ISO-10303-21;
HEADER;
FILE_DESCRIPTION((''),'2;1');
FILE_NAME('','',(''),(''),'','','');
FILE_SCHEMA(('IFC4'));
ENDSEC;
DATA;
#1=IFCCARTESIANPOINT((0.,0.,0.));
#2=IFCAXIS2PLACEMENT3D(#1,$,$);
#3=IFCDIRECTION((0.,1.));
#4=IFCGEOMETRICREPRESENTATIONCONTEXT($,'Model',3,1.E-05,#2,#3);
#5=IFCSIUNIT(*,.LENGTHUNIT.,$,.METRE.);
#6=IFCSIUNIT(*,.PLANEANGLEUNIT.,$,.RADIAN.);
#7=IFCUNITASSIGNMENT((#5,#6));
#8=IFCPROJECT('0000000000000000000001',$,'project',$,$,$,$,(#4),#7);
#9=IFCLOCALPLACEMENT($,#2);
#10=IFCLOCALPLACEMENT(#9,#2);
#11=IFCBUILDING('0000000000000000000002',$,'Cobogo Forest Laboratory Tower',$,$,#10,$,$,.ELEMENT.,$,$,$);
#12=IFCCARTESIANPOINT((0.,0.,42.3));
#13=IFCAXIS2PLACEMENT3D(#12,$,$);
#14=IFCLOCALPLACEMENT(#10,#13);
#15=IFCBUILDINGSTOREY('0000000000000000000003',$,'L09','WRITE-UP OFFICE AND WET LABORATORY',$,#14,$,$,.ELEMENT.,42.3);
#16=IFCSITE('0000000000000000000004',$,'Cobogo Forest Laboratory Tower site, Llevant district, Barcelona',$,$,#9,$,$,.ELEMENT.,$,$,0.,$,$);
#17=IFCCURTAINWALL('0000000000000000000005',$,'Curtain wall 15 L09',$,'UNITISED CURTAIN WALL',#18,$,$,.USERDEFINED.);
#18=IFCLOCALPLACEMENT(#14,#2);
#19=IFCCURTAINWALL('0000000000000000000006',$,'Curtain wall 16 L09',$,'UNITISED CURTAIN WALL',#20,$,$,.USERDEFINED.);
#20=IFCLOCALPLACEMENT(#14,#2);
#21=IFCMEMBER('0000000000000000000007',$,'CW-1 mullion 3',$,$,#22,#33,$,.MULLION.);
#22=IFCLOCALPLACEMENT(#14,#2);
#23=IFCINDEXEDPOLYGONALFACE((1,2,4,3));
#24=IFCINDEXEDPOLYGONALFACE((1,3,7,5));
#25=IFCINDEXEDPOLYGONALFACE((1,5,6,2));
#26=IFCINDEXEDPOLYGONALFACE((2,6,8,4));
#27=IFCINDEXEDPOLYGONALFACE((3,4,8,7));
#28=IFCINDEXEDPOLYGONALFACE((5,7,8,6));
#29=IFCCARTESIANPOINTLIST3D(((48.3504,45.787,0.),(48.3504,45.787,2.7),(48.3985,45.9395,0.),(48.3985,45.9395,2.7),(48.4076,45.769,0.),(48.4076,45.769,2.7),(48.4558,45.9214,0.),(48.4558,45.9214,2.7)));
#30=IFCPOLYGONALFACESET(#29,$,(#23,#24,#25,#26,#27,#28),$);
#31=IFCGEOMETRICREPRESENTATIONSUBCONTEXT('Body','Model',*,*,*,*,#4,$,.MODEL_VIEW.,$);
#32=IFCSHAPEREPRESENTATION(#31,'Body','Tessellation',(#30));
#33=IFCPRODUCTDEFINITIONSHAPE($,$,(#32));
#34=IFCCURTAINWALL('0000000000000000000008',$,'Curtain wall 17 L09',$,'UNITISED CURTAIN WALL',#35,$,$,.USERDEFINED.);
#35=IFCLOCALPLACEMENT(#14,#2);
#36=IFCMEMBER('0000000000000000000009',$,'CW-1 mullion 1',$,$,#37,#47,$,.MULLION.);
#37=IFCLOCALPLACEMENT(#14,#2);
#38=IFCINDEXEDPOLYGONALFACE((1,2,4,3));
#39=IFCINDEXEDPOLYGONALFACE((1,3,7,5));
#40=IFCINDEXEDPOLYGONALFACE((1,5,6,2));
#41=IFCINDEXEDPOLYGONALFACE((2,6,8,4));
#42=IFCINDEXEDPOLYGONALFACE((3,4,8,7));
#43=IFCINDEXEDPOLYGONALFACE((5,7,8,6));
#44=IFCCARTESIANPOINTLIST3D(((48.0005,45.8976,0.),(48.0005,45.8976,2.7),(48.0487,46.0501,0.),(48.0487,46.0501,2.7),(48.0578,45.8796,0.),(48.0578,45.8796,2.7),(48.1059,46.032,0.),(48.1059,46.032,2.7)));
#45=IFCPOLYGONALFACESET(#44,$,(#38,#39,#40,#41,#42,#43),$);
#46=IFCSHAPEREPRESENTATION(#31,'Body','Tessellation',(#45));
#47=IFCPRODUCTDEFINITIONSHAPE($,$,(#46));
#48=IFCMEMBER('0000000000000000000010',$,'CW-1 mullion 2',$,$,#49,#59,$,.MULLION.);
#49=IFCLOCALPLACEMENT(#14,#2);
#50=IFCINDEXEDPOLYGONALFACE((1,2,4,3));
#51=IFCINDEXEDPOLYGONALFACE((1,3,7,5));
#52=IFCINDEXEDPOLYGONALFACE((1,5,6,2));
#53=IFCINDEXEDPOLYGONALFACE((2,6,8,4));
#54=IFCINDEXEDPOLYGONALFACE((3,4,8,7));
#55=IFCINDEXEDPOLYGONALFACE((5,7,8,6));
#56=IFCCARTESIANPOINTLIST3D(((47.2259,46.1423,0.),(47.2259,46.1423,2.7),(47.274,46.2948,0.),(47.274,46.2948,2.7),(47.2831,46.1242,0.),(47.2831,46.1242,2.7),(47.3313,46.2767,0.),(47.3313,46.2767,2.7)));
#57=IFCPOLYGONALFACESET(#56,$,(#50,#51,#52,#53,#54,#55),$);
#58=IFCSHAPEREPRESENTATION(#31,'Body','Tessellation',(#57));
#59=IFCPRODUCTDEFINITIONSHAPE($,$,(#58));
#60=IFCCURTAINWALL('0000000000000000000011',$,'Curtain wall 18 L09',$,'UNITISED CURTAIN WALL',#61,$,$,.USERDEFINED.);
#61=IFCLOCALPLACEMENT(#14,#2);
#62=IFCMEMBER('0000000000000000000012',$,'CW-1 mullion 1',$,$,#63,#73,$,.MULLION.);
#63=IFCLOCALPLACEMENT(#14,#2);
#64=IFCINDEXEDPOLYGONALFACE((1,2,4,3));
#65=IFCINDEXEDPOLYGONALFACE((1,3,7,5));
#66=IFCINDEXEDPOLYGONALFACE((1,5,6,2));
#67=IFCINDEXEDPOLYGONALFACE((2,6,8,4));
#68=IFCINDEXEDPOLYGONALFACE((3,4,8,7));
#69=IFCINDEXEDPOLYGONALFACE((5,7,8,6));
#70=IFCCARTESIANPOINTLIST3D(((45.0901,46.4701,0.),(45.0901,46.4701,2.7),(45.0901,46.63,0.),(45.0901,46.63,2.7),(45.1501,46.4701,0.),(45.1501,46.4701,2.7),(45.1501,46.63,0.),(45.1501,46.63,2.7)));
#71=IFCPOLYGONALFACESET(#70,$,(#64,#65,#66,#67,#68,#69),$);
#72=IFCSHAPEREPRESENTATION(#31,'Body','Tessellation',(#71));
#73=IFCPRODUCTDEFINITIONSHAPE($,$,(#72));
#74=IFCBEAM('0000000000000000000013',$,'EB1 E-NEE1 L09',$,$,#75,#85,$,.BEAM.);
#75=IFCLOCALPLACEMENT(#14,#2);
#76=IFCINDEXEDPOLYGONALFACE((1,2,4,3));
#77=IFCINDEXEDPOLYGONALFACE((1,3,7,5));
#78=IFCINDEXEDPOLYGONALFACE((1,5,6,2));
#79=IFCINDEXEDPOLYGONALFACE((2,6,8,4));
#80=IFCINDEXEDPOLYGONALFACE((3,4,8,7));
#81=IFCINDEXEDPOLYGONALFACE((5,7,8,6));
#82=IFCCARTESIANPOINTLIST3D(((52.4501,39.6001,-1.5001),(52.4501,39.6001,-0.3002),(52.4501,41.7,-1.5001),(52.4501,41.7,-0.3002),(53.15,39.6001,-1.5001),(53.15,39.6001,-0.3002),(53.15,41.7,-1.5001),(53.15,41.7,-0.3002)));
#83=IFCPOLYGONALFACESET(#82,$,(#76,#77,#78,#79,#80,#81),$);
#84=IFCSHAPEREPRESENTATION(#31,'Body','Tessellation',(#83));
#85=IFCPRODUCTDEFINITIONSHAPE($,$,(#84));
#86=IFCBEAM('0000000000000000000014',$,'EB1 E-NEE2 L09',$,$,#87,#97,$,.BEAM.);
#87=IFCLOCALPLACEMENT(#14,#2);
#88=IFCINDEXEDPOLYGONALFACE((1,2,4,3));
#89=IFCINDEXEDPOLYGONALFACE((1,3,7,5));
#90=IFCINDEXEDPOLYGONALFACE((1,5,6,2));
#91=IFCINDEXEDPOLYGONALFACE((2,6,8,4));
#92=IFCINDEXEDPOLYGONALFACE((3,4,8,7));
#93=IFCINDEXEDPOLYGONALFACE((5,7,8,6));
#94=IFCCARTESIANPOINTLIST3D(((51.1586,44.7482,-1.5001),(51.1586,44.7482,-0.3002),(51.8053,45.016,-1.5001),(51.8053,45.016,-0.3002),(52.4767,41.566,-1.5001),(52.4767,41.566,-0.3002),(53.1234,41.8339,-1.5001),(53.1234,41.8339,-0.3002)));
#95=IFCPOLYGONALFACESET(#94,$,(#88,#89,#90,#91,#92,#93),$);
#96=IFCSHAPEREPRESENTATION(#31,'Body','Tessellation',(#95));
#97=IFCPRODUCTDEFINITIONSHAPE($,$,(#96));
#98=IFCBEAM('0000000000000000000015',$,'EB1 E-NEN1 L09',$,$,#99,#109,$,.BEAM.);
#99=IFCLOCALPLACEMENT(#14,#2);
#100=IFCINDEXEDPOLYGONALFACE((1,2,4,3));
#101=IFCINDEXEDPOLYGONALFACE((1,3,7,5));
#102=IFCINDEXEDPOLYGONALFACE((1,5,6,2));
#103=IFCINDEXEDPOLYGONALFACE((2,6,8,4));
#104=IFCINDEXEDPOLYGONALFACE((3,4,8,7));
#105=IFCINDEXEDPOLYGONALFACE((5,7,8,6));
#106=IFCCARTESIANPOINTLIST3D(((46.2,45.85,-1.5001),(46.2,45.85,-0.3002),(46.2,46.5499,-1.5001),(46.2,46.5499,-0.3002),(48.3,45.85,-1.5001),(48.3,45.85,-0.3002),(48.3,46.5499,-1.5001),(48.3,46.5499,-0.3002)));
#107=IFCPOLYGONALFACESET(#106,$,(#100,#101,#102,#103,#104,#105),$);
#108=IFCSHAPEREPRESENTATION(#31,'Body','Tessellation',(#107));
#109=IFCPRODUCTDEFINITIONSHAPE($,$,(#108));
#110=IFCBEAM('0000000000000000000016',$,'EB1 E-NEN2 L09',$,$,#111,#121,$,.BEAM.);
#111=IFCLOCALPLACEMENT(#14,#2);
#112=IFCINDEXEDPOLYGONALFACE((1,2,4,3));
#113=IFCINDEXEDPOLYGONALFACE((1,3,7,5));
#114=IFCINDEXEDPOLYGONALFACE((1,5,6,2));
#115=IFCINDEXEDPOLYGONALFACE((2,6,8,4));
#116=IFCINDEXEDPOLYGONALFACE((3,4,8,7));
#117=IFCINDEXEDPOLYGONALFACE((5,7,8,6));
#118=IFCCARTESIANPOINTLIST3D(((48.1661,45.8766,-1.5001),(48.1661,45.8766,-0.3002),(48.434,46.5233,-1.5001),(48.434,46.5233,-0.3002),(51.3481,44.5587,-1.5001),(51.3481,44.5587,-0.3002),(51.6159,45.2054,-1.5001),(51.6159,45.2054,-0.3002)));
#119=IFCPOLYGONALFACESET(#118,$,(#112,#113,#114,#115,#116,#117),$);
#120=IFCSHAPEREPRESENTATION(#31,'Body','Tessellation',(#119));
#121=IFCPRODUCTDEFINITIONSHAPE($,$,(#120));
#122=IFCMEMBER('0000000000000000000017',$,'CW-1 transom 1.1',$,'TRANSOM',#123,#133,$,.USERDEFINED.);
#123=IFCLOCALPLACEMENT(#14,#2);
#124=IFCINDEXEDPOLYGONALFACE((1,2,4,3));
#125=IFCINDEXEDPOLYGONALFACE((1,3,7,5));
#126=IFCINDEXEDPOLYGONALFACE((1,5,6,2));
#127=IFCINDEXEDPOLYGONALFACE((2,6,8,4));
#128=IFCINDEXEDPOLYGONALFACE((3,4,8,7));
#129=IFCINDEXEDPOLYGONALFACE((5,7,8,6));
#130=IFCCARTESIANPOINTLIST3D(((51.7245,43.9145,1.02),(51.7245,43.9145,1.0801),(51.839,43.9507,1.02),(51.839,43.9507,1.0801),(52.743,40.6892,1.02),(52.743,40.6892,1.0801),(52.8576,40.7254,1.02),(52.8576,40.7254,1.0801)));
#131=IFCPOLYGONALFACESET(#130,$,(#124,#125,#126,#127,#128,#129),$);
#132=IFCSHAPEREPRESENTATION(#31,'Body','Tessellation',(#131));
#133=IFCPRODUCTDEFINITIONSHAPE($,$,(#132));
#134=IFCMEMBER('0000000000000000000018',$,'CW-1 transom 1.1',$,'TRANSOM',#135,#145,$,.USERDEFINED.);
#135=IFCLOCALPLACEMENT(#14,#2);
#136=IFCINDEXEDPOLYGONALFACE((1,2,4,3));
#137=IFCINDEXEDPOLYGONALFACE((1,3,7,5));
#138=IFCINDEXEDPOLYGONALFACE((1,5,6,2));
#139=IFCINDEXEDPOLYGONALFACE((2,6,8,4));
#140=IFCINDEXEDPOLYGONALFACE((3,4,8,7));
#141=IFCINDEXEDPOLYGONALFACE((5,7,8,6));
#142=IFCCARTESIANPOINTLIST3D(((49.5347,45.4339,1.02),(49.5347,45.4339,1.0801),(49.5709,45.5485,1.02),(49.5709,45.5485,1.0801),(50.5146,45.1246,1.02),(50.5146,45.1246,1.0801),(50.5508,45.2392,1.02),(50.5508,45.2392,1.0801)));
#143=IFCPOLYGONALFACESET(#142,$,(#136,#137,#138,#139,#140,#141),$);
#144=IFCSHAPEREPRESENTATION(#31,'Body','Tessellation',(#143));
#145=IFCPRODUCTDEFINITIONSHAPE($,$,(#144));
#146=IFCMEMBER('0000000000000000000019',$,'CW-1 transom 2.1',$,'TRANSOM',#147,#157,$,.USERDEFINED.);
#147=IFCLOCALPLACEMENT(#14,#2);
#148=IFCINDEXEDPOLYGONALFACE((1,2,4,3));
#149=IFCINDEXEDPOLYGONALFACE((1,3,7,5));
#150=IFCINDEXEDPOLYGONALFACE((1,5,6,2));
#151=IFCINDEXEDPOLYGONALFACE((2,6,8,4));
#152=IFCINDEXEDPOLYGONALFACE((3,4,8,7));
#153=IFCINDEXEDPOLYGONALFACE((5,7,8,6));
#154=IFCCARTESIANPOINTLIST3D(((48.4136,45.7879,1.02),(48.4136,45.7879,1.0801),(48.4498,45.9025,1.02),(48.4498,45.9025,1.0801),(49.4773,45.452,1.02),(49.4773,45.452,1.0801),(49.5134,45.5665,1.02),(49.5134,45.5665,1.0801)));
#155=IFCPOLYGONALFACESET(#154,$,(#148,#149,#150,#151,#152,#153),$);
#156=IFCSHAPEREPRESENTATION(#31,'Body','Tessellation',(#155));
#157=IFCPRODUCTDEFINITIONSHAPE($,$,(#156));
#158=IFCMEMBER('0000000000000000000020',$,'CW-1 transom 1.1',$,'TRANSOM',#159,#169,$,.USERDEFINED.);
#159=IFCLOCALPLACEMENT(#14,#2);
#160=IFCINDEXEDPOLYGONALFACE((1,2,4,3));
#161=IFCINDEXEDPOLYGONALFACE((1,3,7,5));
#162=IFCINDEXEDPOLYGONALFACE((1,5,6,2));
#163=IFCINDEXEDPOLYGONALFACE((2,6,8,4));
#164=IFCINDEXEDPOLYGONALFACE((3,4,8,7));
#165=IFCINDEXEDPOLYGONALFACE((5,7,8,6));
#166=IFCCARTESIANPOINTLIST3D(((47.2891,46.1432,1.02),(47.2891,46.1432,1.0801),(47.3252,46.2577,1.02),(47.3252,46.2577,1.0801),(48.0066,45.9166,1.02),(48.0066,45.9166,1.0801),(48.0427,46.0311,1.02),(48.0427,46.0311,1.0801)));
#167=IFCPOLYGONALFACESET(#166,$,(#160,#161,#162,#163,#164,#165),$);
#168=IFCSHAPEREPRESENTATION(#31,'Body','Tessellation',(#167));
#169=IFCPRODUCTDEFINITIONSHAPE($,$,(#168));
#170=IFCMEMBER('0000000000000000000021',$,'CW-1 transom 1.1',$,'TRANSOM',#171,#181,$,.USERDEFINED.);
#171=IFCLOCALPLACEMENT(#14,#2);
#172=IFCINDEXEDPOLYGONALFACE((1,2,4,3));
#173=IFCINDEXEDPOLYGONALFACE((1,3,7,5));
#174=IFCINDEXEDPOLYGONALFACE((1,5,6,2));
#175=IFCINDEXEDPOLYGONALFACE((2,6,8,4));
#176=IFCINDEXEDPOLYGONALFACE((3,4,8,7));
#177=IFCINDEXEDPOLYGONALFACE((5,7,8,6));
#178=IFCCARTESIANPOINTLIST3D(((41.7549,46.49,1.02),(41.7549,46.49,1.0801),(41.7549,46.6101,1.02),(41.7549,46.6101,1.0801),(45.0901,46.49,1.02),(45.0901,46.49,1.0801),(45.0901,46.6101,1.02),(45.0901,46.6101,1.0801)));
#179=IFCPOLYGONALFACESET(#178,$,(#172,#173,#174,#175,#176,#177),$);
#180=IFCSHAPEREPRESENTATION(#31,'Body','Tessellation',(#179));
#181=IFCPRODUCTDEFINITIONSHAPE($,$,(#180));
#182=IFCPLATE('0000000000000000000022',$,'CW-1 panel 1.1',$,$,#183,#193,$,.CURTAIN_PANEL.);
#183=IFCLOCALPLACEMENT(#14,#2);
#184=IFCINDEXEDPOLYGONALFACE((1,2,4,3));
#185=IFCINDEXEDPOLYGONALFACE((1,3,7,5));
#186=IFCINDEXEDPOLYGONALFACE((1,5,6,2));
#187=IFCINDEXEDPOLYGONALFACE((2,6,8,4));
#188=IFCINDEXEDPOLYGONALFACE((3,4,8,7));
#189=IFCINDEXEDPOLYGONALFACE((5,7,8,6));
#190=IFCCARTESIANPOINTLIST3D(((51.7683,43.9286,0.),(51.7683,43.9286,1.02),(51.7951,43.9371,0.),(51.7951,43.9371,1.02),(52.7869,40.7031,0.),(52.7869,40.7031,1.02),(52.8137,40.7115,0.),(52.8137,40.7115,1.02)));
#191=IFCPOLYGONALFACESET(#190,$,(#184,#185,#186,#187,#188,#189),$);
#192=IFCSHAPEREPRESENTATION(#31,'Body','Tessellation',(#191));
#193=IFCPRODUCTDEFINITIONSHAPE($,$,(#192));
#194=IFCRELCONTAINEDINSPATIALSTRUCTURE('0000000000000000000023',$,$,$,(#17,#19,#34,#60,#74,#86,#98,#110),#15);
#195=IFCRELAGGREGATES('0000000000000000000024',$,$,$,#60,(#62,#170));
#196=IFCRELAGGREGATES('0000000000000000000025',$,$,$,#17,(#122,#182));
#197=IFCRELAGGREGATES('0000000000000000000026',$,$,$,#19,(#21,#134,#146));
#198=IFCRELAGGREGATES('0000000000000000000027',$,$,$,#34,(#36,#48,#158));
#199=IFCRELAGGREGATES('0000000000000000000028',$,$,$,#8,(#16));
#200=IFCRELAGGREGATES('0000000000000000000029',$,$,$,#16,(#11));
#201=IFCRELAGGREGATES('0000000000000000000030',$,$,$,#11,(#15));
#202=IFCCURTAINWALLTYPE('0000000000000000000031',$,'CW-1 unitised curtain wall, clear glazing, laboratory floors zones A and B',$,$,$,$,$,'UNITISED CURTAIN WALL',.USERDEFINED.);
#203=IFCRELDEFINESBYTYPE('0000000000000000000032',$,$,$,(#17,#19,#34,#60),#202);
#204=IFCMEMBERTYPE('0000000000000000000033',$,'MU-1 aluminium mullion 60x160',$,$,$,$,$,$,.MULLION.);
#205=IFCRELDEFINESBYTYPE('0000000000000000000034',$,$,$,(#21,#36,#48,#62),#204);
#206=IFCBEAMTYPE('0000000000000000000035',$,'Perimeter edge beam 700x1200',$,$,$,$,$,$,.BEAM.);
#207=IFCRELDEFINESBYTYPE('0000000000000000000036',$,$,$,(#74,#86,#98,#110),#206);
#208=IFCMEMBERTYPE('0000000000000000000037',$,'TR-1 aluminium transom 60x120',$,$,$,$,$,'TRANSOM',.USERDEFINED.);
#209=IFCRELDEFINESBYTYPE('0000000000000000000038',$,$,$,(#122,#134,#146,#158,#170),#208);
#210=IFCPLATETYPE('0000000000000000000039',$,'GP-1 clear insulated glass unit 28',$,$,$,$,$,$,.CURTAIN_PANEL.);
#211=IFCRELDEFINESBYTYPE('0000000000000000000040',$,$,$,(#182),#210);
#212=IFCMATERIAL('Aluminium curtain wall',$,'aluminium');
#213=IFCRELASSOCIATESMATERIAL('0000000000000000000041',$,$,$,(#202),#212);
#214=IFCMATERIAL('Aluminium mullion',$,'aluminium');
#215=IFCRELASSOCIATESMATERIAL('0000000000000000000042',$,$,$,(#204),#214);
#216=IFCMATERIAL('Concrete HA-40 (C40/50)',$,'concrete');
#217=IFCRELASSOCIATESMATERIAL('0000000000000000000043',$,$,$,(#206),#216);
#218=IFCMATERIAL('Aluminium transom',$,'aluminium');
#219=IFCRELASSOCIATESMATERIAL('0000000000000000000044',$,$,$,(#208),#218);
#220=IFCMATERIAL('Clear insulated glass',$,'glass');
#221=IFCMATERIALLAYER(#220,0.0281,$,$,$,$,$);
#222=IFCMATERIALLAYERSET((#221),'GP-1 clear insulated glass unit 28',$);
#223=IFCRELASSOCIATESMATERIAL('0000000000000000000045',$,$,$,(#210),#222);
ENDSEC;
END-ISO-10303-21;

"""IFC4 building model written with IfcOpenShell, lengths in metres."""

from ifc_helpers import new_model, si_unit, direction, frame, origin, origin_2d, place, context, subcontext, project, spatial, rectangle, extrude, material, layer, layer_set, material_profile, profile_set, type_object, element, aggregate, save


model = new_model("IFC4")

# Units and contexts
model_context = context("Model", 3, precision=1e-05, world=origin(), true_north=direction((0.0, 1.0)))
body_context = subcontext(model_context, "Body", "Model", "MODEL_VIEW")
ifc_project = project(units=[si_unit("LENGTHUNIT", "METRE"), si_unit("PLANEANGLEUNIT", "RADIAN")], contexts=[model_context])

# Site, building, storey
site_placement = place(None, origin())
site = spatial("IfcSite", under=ifc_project, at=site_placement, Name="Cobogo Forest Laboratory Tower site, Llevant district, Barcelona", CompositionType="ELEMENT", RefElevation=0.0)
building_placement = place(site_placement, origin())
building = spatial("IfcBuilding", under=site, at=building_placement, Name="Cobogo Forest Laboratory Tower", CompositionType="ELEMENT")
storey_placement = place(building_placement, frame((0.0, 0.0, 42.3)))
storey = spatial("IfcBuildingStorey", under=building, at=storey_placement, Name="L09", Description="WRITE-UP OFFICE AND WET LABORATORY", CompositionType="ELEMENT", Elevation=42.3)

# Shared definitions
ifc_material_1 = material(Name="Concrete HA-40 (C40/50)", Category="concrete")

# Curtain walls, members
ifc_material_2 = material(Name="Aluminium curtain wall", Category="aluminium")
curtain_wall_type = type_object("IfcCurtainWallType", Name="CW-1 unitised curtain wall, clear glazing, laboratory floors zones A and B", ElementType="UNITISED CURTAIN WALL", PredefinedType="USERDEFINED", material=ifc_material_2)
curtain_wall_1_placement = place(storey_placement, origin())
curtain_wall_1 = element("IfcCurtainWall", 1, at=curtain_wall_1_placement, inside=storey, type_object=curtain_wall_type, Name="Curtain wall 15 L09", ObjectType="UNITISED CURTAIN WALL", PredefinedType="USERDEFINED")
ifc_material_3 = material(Name="Aluminium mullion", Category="aluminium")
ifc_material_profile_1 = material_profile(ifc_material_3, rectangle(XDim=0.0601, YDim=0.1599, at=origin_2d()), Name="AL 60x160")
ifc_profile_set_1 = profile_set([ifc_material_profile_1], Name="Aluminium mullion")
member_type_1 = type_object("IfcMemberType", Name="MU-1 aluminium mullion 60x160", PredefinedType="MULLION", material=ifc_profile_set_1)
curtain_wall_2_placement = place(storey_placement, origin())
curtain_wall_2 = element("IfcCurtainWall", 2, at=curtain_wall_2_placement, inside=storey, type_object=curtain_wall_type, Name="Curtain wall 16 L09", ObjectType="UNITISED CURTAIN WALL", PredefinedType="USERDEFINED")
member_1_placement = place(storey_placement, frame((48.4031, 45.8542, 0.0), z_axis=(0.0, 0.0, 1.0), x_axis=(-0.953581, 0.301135, 0.0)))
member_1 = element("IfcMember", 3, at=member_1_placement, type_object=member_type_1, Name="CW-1 mullion 3", PredefinedType="MULLION", context=body_context, shape_type="SweptSolid", body=[
    extrude(rectangle(XDim=0.0601, YDim=0.1599, at=origin_2d()), origin(), (0.0, 0.0, 1.0), 2.7),
])
curtain_wall_3_placement = place(storey_placement, origin())
curtain_wall_3 = element("IfcCurtainWall", 4, at=curtain_wall_3_placement, inside=storey, type_object=curtain_wall_type, Name="Curtain wall 17 L09", ObjectType="UNITISED CURTAIN WALL", PredefinedType="USERDEFINED")
member_2_placement = place(storey_placement, frame((48.0532, 45.9648, 0.0), z_axis=(0.0, 0.0, 1.0), x_axis=(-0.953582, 0.301135, 0.0)))
member_2 = element("IfcMember", 5, at=member_2_placement, type_object=member_type_1, Name="CW-1 mullion 1", PredefinedType="MULLION", context=body_context, shape_type="SweptSolid", body=[
    extrude(rectangle(XDim=0.0601, YDim=0.1599, at=origin_2d()), origin(), (0.0, 0.0, 1.0), 2.7),
])
member_3_placement = place(storey_placement, frame((47.2786, 46.2095, 0.0), z_axis=(0.0, 0.0, 1.0), x_axis=(-0.953582, 0.301135, 0.0)))
member_3 = element("IfcMember", 6, at=member_3_placement, type_object=member_type_1, Name="CW-1 mullion 2", PredefinedType="MULLION", context=body_context, shape_type="SweptSolid", body=[
    extrude(rectangle(XDim=0.0601, YDim=0.1599, at=origin_2d()), origin(), (0.0, 0.0, 1.0), 2.7),
])

# Curtain wall, member
curtain_wall_4_placement = place(storey_placement, origin())
curtain_wall_4 = element("IfcCurtainWall", 7, at=curtain_wall_4_placement, inside=storey, type_object=curtain_wall_type, Name="Curtain wall 18 L09", ObjectType="UNITISED CURTAIN WALL", PredefinedType="USERDEFINED")
member_4_placement = place(storey_placement, frame((45.1201, 46.55, 0.0), z_axis=(0.0, 0.0, 1.0), x_axis=(-1.0, 0.0, 0.0)))
member_4 = element("IfcMember", 8, at=member_4_placement, type_object=member_type_1, Name="CW-1 mullion 1", PredefinedType="MULLION", context=body_context, shape_type="SweptSolid", body=[
    extrude(rectangle(XDim=0.0601, YDim=0.1599, at=origin_2d()), origin(), (0.0, 0.0, 1.0), 2.7),
])

# Beams
ifc_material_profile_2 = material_profile(ifc_material_1, rectangle(XDim=0.7, YDim=1.2, at=origin_2d()), Name="RC 700x1200")
ifc_profile_set_2 = profile_set([ifc_material_profile_2], Name="Concrete HA-40 (C40/50)")
beam_type_1 = type_object("IfcBeamType", Name="Perimeter edge beam 700x1200", PredefinedType="BEAM", material=ifc_profile_set_2)
beam_1_placement = place(storey_placement, frame((52.8, 39.6001, -0.9001), z_axis=(0.0, 1.0, 0.0), x_axis=(-1.0, 0.0, 0.0)))
element("IfcBeam", 9, at=beam_1_placement, inside=storey, type_object=beam_type_1, Name="EB1 E-NEE1 L09", PredefinedType="BEAM", context=body_context, shape_type="SweptSolid", body=[
    extrude(rectangle(XDim=0.7, YDim=1.2, at=origin_2d()), origin(), (0.0, 0.0, 1.0), 2.0999),
])
beam_2_placement = place(storey_placement, frame((52.8, 41.7, -0.9001), z_axis=(-0.382692, 0.923876, 0.0), x_axis=(-0.923876, -0.382692, 0.0)))
element("IfcBeam", 10, at=beam_2_placement, inside=storey, type_object=beam_type_1, Name="EB1 E-NEE2 L09", PredefinedType="BEAM", context=body_context, shape_type="SweptSolid", body=[
    extrude(rectangle(XDim=0.7, YDim=1.2, at=origin_2d()), origin(), (0.0, 0.0, 1.0), 3.4443),
])
beam_3_placement = place(storey_placement, frame((46.2, 46.2, -0.9001), z_axis=(1.0, 0.0, 0.0), x_axis=(0.0, 1.0, 0.0)))
element("IfcBeam", 11, at=beam_3_placement, inside=storey, type_object=beam_type_1, Name="EB1 E-NEN1 L09", PredefinedType="BEAM", context=body_context, shape_type="SweptSolid", body=[
    extrude(rectangle(XDim=0.7, YDim=1.2, at=origin_2d()), origin(), (0.0, 0.0, 1.0), 2.1001),
])
beam_4_placement = place(storey_placement, frame((48.3, 46.2, -0.9001), z_axis=(0.923891, -0.382656, 0.0), x_axis=(0.382656, 0.923891, 0.0)))
element("IfcBeam", 12, at=beam_4_placement, inside=storey, type_object=beam_type_1, Name="EB1 E-NEN2 L09", PredefinedType="BEAM", context=body_context, shape_type="SweptSolid", body=[
    extrude(rectangle(XDim=0.7, YDim=1.2, at=origin_2d()), origin(), (0.0, 0.0, 1.0), 3.4441),
])

# Members
ifc_material_4 = material(Name="Aluminium transom", Category="aluminium")
ifc_material_profile_3 = material_profile(ifc_material_4, rectangle(XDim=0.1201, YDim=0.0601, at=origin_2d()), Name="AL 60x120")
ifc_profile_set_3 = profile_set([ifc_material_profile_3], Name="Aluminium transom")
member_type_2 = type_object("IfcMemberType", Name="TR-1 aluminium transom 60x120", ElementType="TRANSOM", PredefinedType="USERDEFINED", material=ifc_profile_set_3)
member_5_placement = place(storey_placement, frame((52.8003, 40.7073, 1.05), z_axis=(-0.301138, 0.95358, 0.0), x_axis=(-0.95358, -0.301138, 0.0)))
member_5 = element("IfcMember", 13, at=member_5_placement, type_object=member_type_2, Name="CW-1 transom 1.1", ObjectType="TRANSOM", PredefinedType="USERDEFINED", context=body_context, shape_type="SweptSolid", body=[
    extrude(rectangle(XDim=0.1201, YDim=0.0601, at=origin_2d()), origin(), (0.0, 0.0, 1.0), 3.3823),
])
member_6_placement = place(storey_placement, frame((50.5327, 45.1819, 1.05), z_axis=(-0.953622, 0.301006, 0.0), x_axis=(-0.301006, -0.953622, 0.0)))
member_6 = element("IfcMember", 14, at=member_6_placement, type_object=member_type_2, Name="CW-1 transom 1.1", ObjectType="TRANSOM", PredefinedType="USERDEFINED", context=body_context, shape_type="SweptSolid", body=[
    extrude(rectangle(XDim=0.1201, YDim=0.0601, at=origin_2d()), origin(), (0.0, 0.0, 1.0), 1.0276),
])
member_7_placement = place(storey_placement, frame((49.4954, 45.5093, 1.05), z_axis=(-0.953576, 0.301152, 0.0), x_axis=(-0.301152, -0.953576, 0.0)))
member_7 = element("IfcMember", 15, at=member_7_placement, type_object=member_type_2, Name="CW-1 transom 2.1", ObjectType="TRANSOM", PredefinedType="USERDEFINED", context=body_context, shape_type="SweptSolid", body=[
    extrude(rectangle(XDim=0.1201, YDim=0.0601, at=origin_2d()), origin(), (0.0, 0.0, 1.0), 1.1155),
])
member_8_placement = place(storey_placement, frame((48.0247, 45.9739, 1.05), z_axis=(-0.953592, 0.3011, 0.0), x_axis=(-0.3011, -0.953592, 0.0)))
member_8 = element("IfcMember", 16, at=member_8_placement, type_object=member_type_2, Name="CW-1 transom 1.1", ObjectType="TRANSOM", PredefinedType="USERDEFINED", context=body_context, shape_type="SweptSolid", body=[
    extrude(rectangle(XDim=0.1201, YDim=0.0601, at=origin_2d()), origin(), (0.0, 0.0, 1.0), 0.7524),
])
member_9_placement = place(storey_placement, frame((45.0901, 46.55, 1.05), z_axis=(-1.0, 0.0, 0.0), x_axis=(0.0, -1.0, 0.0)))
member_9 = element("IfcMember", 17, at=member_9_placement, type_object=member_type_2, Name="CW-1 transom 1.1", ObjectType="TRANSOM", PredefinedType="USERDEFINED", context=body_context, shape_type="SweptSolid", body=[
    extrude(rectangle(XDim=0.1201, YDim=0.0601, at=origin_2d()), origin(), (0.0, 0.0, 1.0), 3.3352),
])
aggregate(curtain_wall_4, [member_4, member_9])

# Plate
ifc_material_5 = material(Name="Clear insulated glass", Category="glass")
ifc_layer_1 = layer(ifc_material_5, 0.0281)
ifc_layer_set_1 = layer_set([ifc_layer_1], Name="GP-1 clear insulated glass unit 28")
plate_type = type_object("IfcPlateType", Name="GP-1 clear insulated glass unit 28", PredefinedType="CURTAIN_PANEL", material=ifc_layer_set_1)
plate_1_placement = place(storey_placement, frame((52.291, 42.3201, 0.0), z_axis=(0.0, 0.0, 1.0), x_axis=(-0.301135, 0.953581, 0.0)))
plate_1 = element("IfcPlate", 18, at=plate_1_placement, type_object=plate_type, Name="CW-1 panel 1.1", PredefinedType="CURTAIN_PANEL", context=body_context, shape_type="SweptSolid", body=[
    extrude(rectangle(XDim=3.3826, YDim=0.0281, at=origin_2d()), origin(), (0.0, 0.0, 1.0), 1.02),
])
aggregate(curtain_wall_1, [member_5, plate_1])
aggregate(curtain_wall_2, [member_1, member_6, member_7])
aggregate(curtain_wall_3, [member_2, member_3, member_8])

save(model, "model.ifc")
